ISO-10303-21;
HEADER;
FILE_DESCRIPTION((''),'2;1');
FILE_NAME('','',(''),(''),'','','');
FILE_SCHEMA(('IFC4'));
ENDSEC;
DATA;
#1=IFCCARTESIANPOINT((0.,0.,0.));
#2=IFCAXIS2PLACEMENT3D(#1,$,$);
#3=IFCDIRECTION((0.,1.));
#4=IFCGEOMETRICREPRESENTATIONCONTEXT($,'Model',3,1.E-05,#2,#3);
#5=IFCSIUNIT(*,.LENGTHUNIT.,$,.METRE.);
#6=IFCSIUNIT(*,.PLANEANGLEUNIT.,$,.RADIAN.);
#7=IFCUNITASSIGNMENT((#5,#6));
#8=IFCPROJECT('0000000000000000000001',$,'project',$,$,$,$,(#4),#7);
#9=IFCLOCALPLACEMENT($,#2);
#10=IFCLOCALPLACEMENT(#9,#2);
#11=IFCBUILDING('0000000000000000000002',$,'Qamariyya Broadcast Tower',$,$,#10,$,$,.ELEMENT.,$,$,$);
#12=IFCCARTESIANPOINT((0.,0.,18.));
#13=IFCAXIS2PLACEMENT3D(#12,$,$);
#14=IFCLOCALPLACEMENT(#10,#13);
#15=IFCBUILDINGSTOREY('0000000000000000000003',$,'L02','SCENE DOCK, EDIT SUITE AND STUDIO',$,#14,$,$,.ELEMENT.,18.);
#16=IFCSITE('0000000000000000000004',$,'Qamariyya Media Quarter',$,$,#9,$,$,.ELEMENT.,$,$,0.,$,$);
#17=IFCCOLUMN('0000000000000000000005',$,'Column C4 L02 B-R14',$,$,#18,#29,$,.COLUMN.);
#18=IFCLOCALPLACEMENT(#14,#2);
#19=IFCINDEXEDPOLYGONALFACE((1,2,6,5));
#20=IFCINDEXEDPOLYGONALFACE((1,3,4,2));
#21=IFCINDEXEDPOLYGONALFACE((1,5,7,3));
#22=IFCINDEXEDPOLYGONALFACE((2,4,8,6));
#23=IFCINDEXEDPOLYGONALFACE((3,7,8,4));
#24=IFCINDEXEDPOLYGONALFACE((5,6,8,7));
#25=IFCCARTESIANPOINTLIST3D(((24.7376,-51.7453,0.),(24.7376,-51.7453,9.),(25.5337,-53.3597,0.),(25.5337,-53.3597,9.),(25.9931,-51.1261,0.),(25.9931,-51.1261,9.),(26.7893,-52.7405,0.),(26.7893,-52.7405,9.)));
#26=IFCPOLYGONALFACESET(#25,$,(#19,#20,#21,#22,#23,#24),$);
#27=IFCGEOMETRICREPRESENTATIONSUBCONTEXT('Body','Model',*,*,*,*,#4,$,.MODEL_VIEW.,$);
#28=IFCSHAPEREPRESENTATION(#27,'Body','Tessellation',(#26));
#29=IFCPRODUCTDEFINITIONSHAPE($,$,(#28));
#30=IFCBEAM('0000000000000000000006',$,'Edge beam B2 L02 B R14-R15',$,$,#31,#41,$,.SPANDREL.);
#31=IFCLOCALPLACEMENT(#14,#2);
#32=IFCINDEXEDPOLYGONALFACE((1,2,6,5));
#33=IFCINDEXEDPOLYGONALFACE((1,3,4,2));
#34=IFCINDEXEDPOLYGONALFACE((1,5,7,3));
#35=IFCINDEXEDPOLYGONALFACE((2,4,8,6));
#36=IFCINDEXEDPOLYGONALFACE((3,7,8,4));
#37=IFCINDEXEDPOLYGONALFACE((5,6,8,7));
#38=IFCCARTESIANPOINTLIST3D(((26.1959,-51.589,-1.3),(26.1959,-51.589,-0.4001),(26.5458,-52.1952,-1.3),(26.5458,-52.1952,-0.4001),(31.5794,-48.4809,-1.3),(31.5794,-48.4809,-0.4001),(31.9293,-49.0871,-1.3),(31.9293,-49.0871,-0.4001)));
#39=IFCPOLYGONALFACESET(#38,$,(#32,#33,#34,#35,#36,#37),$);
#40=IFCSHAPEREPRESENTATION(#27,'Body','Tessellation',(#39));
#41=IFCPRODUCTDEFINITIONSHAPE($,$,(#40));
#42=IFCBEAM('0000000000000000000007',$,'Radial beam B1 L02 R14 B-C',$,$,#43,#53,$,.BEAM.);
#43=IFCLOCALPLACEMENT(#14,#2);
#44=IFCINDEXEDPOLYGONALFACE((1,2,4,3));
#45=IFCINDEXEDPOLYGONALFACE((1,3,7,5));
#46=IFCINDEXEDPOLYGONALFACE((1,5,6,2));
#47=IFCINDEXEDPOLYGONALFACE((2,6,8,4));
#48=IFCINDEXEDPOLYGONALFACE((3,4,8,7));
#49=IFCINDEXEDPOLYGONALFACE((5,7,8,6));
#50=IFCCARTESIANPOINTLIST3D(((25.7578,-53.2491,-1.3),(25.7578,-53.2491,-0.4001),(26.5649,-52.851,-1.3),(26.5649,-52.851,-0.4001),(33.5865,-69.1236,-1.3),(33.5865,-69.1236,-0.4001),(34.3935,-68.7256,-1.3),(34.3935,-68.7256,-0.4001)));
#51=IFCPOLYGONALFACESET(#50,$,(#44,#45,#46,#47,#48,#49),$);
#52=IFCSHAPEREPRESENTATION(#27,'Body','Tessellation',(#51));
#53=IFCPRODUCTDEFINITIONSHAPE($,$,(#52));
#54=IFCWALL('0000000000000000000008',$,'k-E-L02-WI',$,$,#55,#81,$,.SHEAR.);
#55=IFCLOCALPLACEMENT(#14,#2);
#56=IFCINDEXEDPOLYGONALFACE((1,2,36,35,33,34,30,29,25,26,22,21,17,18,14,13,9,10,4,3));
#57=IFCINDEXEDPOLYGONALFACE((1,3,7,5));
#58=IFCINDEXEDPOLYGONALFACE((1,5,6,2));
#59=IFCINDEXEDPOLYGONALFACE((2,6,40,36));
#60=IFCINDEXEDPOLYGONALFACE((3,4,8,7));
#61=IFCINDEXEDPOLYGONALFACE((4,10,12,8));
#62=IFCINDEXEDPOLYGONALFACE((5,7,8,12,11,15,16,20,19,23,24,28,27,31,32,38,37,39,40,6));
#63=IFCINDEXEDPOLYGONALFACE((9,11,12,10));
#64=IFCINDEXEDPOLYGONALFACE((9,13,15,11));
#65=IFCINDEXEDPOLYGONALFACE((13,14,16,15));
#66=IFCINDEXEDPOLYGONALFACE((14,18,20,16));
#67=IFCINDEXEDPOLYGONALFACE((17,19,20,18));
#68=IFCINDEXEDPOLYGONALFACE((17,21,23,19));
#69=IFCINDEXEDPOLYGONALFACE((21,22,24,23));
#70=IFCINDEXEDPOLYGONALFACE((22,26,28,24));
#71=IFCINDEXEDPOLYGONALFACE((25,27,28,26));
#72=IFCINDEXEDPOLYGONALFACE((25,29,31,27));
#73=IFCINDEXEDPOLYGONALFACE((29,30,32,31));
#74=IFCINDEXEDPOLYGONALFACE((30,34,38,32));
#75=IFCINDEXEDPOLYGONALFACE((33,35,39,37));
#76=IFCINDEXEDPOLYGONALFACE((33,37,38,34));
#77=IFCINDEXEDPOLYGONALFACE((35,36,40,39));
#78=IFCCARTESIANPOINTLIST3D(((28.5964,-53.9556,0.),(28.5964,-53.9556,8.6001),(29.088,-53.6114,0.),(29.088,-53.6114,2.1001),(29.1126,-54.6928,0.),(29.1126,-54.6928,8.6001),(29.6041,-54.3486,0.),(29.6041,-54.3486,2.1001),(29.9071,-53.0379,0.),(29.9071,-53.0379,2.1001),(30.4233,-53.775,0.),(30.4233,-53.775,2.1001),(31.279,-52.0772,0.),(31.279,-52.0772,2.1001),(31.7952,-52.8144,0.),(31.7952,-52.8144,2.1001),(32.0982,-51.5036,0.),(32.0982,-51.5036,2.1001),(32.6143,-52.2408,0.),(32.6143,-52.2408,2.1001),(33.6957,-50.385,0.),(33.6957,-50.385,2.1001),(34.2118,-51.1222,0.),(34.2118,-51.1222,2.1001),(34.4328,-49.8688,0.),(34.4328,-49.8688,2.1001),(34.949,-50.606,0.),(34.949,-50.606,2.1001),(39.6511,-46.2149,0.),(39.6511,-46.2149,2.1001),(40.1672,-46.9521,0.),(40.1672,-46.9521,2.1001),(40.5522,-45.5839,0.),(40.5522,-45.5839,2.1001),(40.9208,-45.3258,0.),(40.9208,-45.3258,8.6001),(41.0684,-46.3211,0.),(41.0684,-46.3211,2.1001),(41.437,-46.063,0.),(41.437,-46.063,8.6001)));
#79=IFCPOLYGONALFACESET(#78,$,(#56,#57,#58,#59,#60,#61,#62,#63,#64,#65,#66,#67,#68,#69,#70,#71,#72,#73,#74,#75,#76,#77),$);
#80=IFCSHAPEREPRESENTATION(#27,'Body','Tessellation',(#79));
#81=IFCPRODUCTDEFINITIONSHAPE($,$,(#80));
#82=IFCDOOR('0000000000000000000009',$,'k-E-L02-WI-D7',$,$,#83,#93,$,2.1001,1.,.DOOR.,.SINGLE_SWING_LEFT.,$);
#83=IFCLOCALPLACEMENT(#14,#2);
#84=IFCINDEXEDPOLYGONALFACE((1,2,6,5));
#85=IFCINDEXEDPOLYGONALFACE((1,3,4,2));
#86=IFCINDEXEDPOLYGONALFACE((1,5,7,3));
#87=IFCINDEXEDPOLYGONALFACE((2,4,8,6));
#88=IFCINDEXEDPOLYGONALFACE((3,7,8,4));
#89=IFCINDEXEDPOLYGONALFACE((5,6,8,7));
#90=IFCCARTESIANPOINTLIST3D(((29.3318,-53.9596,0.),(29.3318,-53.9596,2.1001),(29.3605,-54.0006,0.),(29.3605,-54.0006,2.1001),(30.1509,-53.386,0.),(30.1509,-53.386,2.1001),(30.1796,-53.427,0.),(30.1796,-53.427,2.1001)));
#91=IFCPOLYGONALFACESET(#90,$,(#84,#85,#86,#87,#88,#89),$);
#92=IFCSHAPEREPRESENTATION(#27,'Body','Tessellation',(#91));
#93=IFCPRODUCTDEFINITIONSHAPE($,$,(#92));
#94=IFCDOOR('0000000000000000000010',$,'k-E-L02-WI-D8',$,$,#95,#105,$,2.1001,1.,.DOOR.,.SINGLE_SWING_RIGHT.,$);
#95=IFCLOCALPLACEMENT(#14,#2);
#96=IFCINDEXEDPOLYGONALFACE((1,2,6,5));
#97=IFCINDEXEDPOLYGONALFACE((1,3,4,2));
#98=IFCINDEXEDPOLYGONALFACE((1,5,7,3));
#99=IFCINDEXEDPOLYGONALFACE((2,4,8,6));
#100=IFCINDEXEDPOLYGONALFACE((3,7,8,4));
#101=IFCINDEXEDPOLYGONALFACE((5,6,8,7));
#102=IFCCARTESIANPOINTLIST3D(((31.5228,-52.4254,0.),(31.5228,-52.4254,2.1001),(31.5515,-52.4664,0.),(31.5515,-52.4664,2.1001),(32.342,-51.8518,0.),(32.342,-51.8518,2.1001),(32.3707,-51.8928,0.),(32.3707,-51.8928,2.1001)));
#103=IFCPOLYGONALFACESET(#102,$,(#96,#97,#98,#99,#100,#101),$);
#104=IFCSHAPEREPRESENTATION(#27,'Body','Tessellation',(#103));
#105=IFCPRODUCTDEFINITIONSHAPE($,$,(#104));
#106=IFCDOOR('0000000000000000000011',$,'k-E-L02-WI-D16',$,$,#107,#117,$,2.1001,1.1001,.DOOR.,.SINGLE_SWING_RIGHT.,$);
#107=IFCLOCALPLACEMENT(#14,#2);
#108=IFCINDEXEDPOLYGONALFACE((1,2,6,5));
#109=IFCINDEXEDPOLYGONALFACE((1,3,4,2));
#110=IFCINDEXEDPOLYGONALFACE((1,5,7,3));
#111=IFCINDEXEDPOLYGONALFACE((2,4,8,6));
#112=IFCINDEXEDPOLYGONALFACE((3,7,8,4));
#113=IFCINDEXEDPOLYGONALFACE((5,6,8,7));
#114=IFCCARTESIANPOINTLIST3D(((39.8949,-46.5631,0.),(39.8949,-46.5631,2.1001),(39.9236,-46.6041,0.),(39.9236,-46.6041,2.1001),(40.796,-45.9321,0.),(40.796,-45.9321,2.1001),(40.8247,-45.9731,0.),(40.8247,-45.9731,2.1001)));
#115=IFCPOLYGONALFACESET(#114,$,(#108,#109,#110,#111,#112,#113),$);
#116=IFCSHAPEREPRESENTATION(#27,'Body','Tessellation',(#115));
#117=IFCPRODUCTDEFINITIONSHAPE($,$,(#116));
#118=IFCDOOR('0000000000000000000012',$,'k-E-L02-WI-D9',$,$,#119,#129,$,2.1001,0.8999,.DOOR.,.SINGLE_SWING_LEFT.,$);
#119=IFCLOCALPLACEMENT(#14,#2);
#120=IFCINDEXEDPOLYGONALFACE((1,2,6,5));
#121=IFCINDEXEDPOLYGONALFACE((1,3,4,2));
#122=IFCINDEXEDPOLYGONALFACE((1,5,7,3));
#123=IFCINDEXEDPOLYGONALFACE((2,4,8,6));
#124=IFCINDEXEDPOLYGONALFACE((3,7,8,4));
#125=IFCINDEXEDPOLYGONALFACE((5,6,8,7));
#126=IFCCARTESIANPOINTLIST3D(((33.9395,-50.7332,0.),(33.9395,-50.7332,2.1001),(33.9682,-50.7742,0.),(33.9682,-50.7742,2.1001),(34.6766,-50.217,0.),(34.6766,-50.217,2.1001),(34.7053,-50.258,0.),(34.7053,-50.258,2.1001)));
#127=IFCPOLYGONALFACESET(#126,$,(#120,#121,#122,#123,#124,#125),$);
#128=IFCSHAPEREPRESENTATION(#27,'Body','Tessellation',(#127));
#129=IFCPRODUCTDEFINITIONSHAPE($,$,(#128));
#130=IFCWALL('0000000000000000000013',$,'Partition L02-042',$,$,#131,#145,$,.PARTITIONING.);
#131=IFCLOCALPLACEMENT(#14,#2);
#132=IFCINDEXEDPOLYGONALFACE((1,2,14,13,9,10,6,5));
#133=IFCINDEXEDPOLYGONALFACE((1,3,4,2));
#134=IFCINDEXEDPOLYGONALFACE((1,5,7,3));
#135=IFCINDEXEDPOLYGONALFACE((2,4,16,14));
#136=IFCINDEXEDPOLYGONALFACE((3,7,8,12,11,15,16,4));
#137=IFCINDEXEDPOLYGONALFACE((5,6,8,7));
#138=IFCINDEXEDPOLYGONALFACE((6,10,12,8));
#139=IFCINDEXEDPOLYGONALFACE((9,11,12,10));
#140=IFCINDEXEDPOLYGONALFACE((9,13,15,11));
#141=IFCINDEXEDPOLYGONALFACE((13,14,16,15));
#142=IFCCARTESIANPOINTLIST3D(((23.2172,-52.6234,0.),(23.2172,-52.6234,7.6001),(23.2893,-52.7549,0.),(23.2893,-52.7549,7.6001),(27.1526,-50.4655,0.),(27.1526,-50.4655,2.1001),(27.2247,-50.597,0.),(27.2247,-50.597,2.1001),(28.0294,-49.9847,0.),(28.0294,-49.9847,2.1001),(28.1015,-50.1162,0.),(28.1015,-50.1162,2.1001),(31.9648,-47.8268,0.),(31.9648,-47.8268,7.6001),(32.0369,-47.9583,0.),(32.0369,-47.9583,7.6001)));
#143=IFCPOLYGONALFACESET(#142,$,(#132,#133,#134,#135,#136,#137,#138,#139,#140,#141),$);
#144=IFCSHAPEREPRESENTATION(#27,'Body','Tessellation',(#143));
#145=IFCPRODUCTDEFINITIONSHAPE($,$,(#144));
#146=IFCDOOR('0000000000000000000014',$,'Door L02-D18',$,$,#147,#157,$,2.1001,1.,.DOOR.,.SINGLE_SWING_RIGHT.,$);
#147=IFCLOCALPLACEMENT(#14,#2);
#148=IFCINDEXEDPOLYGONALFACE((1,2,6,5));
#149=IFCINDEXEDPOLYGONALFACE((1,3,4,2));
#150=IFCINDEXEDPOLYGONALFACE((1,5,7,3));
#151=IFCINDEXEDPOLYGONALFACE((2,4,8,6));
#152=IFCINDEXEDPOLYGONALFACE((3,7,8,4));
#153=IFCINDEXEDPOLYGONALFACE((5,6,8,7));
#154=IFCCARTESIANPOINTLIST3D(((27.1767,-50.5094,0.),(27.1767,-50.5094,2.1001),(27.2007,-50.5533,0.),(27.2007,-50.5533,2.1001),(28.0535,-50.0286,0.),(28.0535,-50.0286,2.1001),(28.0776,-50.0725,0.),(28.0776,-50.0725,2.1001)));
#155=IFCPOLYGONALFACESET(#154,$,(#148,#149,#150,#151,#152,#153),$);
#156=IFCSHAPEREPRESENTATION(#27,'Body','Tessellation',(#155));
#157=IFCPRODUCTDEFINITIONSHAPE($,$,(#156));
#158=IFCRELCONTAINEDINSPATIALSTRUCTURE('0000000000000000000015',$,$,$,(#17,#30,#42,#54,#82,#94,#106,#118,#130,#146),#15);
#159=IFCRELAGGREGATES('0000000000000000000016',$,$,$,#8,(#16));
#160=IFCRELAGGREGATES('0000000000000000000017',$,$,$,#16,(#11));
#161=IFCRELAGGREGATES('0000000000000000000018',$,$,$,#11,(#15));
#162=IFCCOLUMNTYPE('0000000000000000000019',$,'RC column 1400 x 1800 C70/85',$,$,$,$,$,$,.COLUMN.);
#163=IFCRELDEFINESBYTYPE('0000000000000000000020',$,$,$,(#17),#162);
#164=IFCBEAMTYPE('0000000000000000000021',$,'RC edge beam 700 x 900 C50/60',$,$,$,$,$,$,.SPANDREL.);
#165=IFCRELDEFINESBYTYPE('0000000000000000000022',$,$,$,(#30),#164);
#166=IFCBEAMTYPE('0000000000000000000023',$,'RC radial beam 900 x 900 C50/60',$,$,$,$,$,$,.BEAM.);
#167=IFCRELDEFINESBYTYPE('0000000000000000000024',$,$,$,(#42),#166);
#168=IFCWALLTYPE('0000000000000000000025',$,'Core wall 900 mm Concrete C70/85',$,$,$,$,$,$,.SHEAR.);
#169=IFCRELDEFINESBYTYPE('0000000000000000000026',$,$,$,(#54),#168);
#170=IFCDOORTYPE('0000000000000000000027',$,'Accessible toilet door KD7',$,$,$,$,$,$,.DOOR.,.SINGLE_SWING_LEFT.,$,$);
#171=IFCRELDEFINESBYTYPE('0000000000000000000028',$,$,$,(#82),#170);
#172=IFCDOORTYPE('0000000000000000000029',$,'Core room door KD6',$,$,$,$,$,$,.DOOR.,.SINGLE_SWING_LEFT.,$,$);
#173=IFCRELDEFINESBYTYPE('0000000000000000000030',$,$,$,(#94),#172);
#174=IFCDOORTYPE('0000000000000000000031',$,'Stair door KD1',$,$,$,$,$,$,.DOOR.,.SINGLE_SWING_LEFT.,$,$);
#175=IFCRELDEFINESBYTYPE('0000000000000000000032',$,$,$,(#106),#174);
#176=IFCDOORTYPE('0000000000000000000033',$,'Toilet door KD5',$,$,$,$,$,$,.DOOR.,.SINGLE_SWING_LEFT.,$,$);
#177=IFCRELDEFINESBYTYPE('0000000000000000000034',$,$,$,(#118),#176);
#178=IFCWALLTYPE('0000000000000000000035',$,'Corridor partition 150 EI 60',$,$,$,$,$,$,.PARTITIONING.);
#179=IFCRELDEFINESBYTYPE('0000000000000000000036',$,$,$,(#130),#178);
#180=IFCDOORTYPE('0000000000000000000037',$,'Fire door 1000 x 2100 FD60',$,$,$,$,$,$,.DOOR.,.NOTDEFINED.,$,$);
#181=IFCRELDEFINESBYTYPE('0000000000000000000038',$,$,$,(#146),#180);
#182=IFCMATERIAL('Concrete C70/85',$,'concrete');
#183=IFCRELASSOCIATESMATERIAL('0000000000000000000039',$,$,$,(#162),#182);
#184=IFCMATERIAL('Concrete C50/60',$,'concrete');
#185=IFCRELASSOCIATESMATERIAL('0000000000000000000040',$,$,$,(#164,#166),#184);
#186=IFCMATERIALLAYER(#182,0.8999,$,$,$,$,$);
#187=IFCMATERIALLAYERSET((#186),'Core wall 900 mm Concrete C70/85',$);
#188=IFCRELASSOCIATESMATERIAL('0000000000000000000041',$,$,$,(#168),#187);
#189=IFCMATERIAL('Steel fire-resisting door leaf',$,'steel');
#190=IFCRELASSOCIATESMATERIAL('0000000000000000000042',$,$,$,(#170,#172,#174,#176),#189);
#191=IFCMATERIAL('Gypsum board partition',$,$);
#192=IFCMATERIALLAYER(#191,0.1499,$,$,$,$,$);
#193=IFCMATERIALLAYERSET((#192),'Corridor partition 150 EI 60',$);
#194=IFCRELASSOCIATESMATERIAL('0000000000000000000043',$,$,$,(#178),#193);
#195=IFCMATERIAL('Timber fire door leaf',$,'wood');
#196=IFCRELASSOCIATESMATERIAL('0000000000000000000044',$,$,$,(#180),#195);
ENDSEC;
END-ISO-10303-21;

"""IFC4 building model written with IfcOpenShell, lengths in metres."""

from ifc_helpers import new_model, si_unit, direction, frame, frame_2d, origin, origin_2d, place, context, subcontext, project, spatial, rectangle, extrude, material, layer, layer_set, material_profile, profile_set, type_object, element, fill, save


model = new_model("IFC4")

# Units and contexts
model_context = context("Model", 3, precision=1e-05, world=origin(), true_north=direction((0.0, 1.0)))
body_context = subcontext(model_context, "Body", "Model", "MODEL_VIEW")
ifc_project = project(units=[si_unit("LENGTHUNIT", "METRE"), si_unit("PLANEANGLEUNIT", "RADIAN")], contexts=[model_context])

# Site, building, storey
site_placement = place(None, origin())
site = spatial("IfcSite", under=ifc_project, at=site_placement, Name="Qamariyya Media Quarter", CompositionType="ELEMENT", RefElevation=0.0)
building_placement = place(site_placement, origin())
building = spatial("IfcBuilding", under=site, at=building_placement, Name="Qamariyya Broadcast Tower", CompositionType="ELEMENT")
storey_placement = place(building_placement, frame((0.0, 0.0, 18.0)))
storey = spatial("IfcBuildingStorey", under=building, at=storey_placement, Name="L02", Description="SCENE DOCK, EDIT SUITE AND STUDIO", CompositionType="ELEMENT", Elevation=18.0)

# Column
ifc_material_1 = material(Name="Concrete C70/85", Category="concrete")
ifc_material_profile_1 = material_profile(ifc_material_1, rectangle(XDim=1.3999, YDim=1.8, at=origin_2d()))
ifc_profile_set_1 = profile_set([ifc_material_profile_1], Name="Concrete C70/85")
column_type = type_object("IfcColumnType", Name="RC column 1400 x 1800 C70/85", PredefinedType="COLUMN", material=ifc_profile_set_1)
column_placement = place(storey_placement, frame((25.7634, -52.2429, 0.0), z_axis=(0.0, 0.0, 1.0), x_axis=(0.896873, 0.442289, 0.0)))
element("IfcColumn", 1, at=column_placement, inside=storey, type_object=column_type, Name="Column C4 L02 B-R14", PredefinedType="COLUMN", context=body_context, shape_type="SweptSolid", body=[
    extrude(rectangle(XDim=1.3999, YDim=1.8, at=origin_2d()), origin(), (0.0, 0.0, 1.0), 9.0),
])

# Beams
ifc_material_2 = material(Name="Concrete C50/60", Category="concrete")
ifc_material_profile_2 = material_profile(ifc_material_2, rectangle(XDim=0.7, YDim=0.8999, at=origin_2d()))
ifc_profile_set_2 = profile_set([ifc_material_profile_2], Name="Concrete C50/60")
beam_type_1 = type_object("IfcBeamType", Name="RC edge beam 700 x 900 C50/60", PredefinedType="SPANDREL", material=ifc_profile_set_2)
beam_1_placement = place(storey_placement, frame((26.3708, -51.8921, -0.8501), z_axis=(0.866028, 0.499996, 0.0), x_axis=(-0.499996, 0.866028, 0.0)))
element("IfcBeam", 2, at=beam_1_placement, inside=storey, type_object=beam_type_1, Name="Edge beam B2 L02 B R14-R15", PredefinedType="SPANDREL", context=body_context, shape_type="SweptSolid", body=[
    extrude(rectangle(XDim=0.7, YDim=0.8999, at=origin_2d()), origin(), (0.0, 0.0, 1.0), 6.2163),
])
ifc_material_profile_3 = material_profile(ifc_material_2, rectangle(XDim=0.8999, YDim=0.8999, at=origin_2d()))
ifc_profile_set_3 = profile_set([ifc_material_profile_3], Name="Concrete C50/60")
beam_type_2 = type_object("IfcBeamType", Name="RC radial beam 900 x 900 C50/60", PredefinedType="BEAM", material=ifc_profile_set_3)
beam_2_placement = place(storey_placement, frame((26.1614, -53.05, -0.8501), z_axis=(0.442296, -0.896869, 0.0), x_axis=(0.896869, 0.442296, 0.0)))
element("IfcBeam", 3, at=beam_2_placement, inside=storey, type_object=beam_type_2, Name="Radial beam B1 L02 R14 B-C", PredefinedType="BEAM", context=body_context, shape_type="SweptSolid", body=[
    extrude(rectangle(XDim=0.8999, YDim=0.8999, at=origin_2d()), origin(), (0.0, 0.0, 1.0), 17.7),
])

# Wall, openings, doors
ifc_layer_1 = layer(ifc_material_1, 0.8999)
ifc_layer_set_1 = layer_set([ifc_layer_1], Name="Core wall 900 mm Concrete C70/85")
wall_type_1 = type_object("IfcWallType", Name="Core wall 900 mm Concrete C70/85", PredefinedType="SHEAR", material=ifc_layer_set_1)
wall_1_placement = place(storey_placement, frame((28.8545, -54.3242, 0.0), z_axis=(0.0, 0.0, 1.0), x_axis=(0.819146, 0.573585, 0.0)))
wall_1 = element("IfcWall", 4, at=wall_1_placement, inside=storey, type_object=wall_type_1, Name="k-E-L02-WI", PredefinedType="SHEAR", context=body_context, shape_type="SweptSolid", body=[
    extrude(rectangle(XDim=15.0454, YDim=0.8999, at=frame_2d((7.5227, 0.0))), origin(), (0.0, 0.0, 1.0), 8.6001),
])
opening_1_placement = place(wall_1_placement, frame((0.6001, 0.0, 0.0)))
opening_1 = element("IfcOpeningElement", 5, at=opening_1_placement, cuts=wall_1, PredefinedType="OPENING", context=body_context, shape_type="SweptSolid", body=[
    extrude(rectangle(XDim=1.0, YDim=2.1001, at=frame_2d((0.5, 1.05))), frame((0.0, 0.46, 0.0), z_axis=(0.0, -1.0, 0.0), x_axis=(1.0, 0.0, 0.0)), (0.0, 0.0, 1.0), 0.9199),
])
opening_2_placement = place(wall_1_placement, frame((3.2749, 0.0, 0.0)))
opening_2 = element("IfcOpeningElement", 6, at=opening_2_placement, cuts=wall_1, PredefinedType="OPENING", context=body_context, shape_type="SweptSolid", body=[
    extrude(rectangle(XDim=1.0, YDim=2.1001, at=frame_2d((0.5, 1.05))), frame((0.0, 0.46, 0.0), z_axis=(0.0, -1.0, 0.0), x_axis=(1.0, 0.0, 0.0)), (0.0, 0.0, 1.0), 0.9199),
])
opening_3_placement = place(wall_1_placement, frame((6.2251, 0.0, 0.0)))
opening_3 = element("IfcOpeningElement", 7, at=opening_3_placement, cuts=wall_1, PredefinedType="OPENING", context=body_context, shape_type="SweptSolid", body=[
    extrude(rectangle(XDim=0.8999, YDim=2.1001, at=frame_2d((0.45, 1.05))), frame((0.0, 0.46, 0.0), z_axis=(0.0, -1.0, 0.0), x_axis=(1.0, 0.0, 0.0)), (0.0, 0.0, 1.0), 0.9199),
])
opening_4_placement = place(wall_1_placement, frame((13.4954, 0.0, 0.0)))
opening_4 = element("IfcOpeningElement", 8, at=opening_4_placement, cuts=wall_1, PredefinedType="OPENING", context=body_context, shape_type="SweptSolid", body=[
    extrude(rectangle(XDim=1.1001, YDim=2.1001, at=frame_2d((0.55, 1.05))), frame((0.0, 0.46, 0.0), z_axis=(0.0, -1.0, 0.0), x_axis=(1.0, 0.0, 0.0)), (0.0, 0.0, 1.0), 0.9199),
])
ifc_material_3 = material(Name="Steel fire-resisting door leaf", Category="steel")
door_type_1 = type_object("IfcDoorType", Name="Accessible toilet door KD7", OperationType="SINGLE_SWING_LEFT", PredefinedType="DOOR", material=ifc_material_3)
door_1_placement = place(opening_1_placement, origin())
door_1 = element("IfcDoor", 9, at=door_1_placement, inside=storey, type_object=door_type_1, Name="k-E-L02-WI-D7", OperationType="SINGLE_SWING_LEFT", OverallHeight=2.1001, OverallWidth=1.0, PredefinedType="DOOR", context=body_context, shape_type="SweptSolid", body=[
    extrude(rectangle(XDim=1.0, YDim=2.1001, at=frame_2d((0.5, 1.05))), frame((0.0, 0.0249, 0.0), z_axis=(0.0, -1.0, 0.0), x_axis=(1.0, 0.0, 0.0)), (0.0, 0.0, 1.0), 0.05),
])
fill(opening_1, door_1)
door_type_2 = type_object("IfcDoorType", Name="Core room door KD6", OperationType="SINGLE_SWING_LEFT", PredefinedType="DOOR", material=ifc_material_3)
door_2_placement = place(opening_2_placement, origin())
door_2 = element("IfcDoor", 10, at=door_2_placement, inside=storey, type_object=door_type_2, Name="k-E-L02-WI-D8", OperationType="SINGLE_SWING_RIGHT", OverallHeight=2.1001, OverallWidth=1.0, PredefinedType="DOOR", context=body_context, shape_type="SweptSolid", body=[
    extrude(rectangle(XDim=1.0, YDim=2.1001, at=frame_2d((0.5, 1.05))), frame((0.0, 0.0249, 0.0), z_axis=(0.0, -1.0, 0.0), x_axis=(1.0, 0.0, 0.0)), (0.0, 0.0, 1.0), 0.05),
])
fill(opening_2, door_2)
door_type_3 = type_object("IfcDoorType", Name="Stair door KD1", OperationType="SINGLE_SWING_LEFT", PredefinedType="DOOR", material=ifc_material_3)
door_3_placement = place(opening_4_placement, origin())
door_3 = element("IfcDoor", 11, at=door_3_placement, inside=storey, type_object=door_type_3, Name="k-E-L02-WI-D16", OperationType="SINGLE_SWING_RIGHT", OverallHeight=2.1001, OverallWidth=1.1001, PredefinedType="DOOR", context=body_context, shape_type="SweptSolid", body=[
    extrude(rectangle(XDim=1.1001, YDim=2.1001, at=frame_2d((0.55, 1.05))), frame((0.0, 0.0249, 0.0), z_axis=(0.0, -1.0, 0.0), x_axis=(1.0, 0.0, 0.0)), (0.0, 0.0, 1.0), 0.05),
])
fill(opening_4, door_3)
door_type_4 = type_object("IfcDoorType", Name="Toilet door KD5", OperationType="SINGLE_SWING_LEFT", PredefinedType="DOOR", material=ifc_material_3)
door_4_placement = place(opening_3_placement, origin())
door_4 = element("IfcDoor", 12, at=door_4_placement, inside=storey, type_object=door_type_4, Name="k-E-L02-WI-D9", OperationType="SINGLE_SWING_LEFT", OverallHeight=2.1001, OverallWidth=0.8999, PredefinedType="DOOR", context=body_context, shape_type="SweptSolid", body=[
    extrude(rectangle(XDim=0.8999, YDim=2.1001, at=frame_2d((0.45, 1.05))), frame((0.0, 0.0249, 0.0), z_axis=(0.0, -1.0, 0.0), x_axis=(1.0, 0.0, 0.0)), (0.0, 0.0, 1.0), 0.05),
])
fill(opening_3, door_4)

# Wall, opening, door
ifc_material_4 = material(Name="Gypsum board partition")
ifc_layer_2 = layer(ifc_material_4, 0.1499)
ifc_layer_set_2 = layer_set([ifc_layer_2], Name="Corridor partition 150 EI 60")
wall_type_2 = type_object("IfcWallType", Name="Corridor partition 150 EI 60", PredefinedType="PARTITIONING", material=ifc_layer_set_2)
wall_2_placement = place(storey_placement, frame((23.2532, -52.6892, 0.0), z_axis=(0.0, 0.0, 1.0), x_axis=(0.87683, 0.4808, 0.0)))
wall_2 = element("IfcWall", 13, at=wall_2_placement, inside=storey, type_object=wall_type_2, Name="Partition L02-042", PredefinedType="PARTITIONING", context=body_context, shape_type="SweptSolid", body=[
    extrude(rectangle(XDim=9.9763, YDim=0.1499, at=frame_2d((4.9883, 0.0))), origin(), (0.0, 0.0, 1.0), 7.6001),
])
opening_5_placement = place(wall_2_placement, frame((4.4883, 0.0, 0.0)))
opening_5 = element("IfcOpeningElement", 14, at=opening_5_placement, cuts=wall_2, PredefinedType="OPENING", context=body_context, shape_type="SweptSolid", body=[
    extrude(rectangle(XDim=1.0, YDim=2.1001, at=frame_2d((0.5, 1.05))), frame((0.0, 0.085, 0.0), z_axis=(0.0, -1.0, 0.0), x_axis=(1.0, 0.0, 0.0)), (0.0, 0.0, 1.0), 0.1699),
])
ifc_material_5 = material(Name="Timber fire door leaf", Category="wood")
door_type_5 = type_object("IfcDoorType", Name="Fire door 1000 x 2100 FD60", OperationType="NOTDEFINED", PredefinedType="DOOR", material=ifc_material_5)
door_5_placement = place(opening_5_placement, origin())
door_5 = element("IfcDoor", 15, at=door_5_placement, inside=storey, type_object=door_type_5, Name="Door L02-D18", OperationType="SINGLE_SWING_RIGHT", OverallHeight=2.1001, OverallWidth=1.0, PredefinedType="DOOR", context=body_context, shape_type="SweptSolid", body=[
    extrude(rectangle(XDim=1.0, YDim=2.1001, at=frame_2d((0.5, 1.05))), frame((0.0, 0.0249, 0.0), z_axis=(0.0, -1.0, 0.0), x_axis=(1.0, 0.0, 0.0)), (0.0, 0.0, 1.0), 0.05),
])
fill(opening_5, door_5)

save(model, "model.ifc")
